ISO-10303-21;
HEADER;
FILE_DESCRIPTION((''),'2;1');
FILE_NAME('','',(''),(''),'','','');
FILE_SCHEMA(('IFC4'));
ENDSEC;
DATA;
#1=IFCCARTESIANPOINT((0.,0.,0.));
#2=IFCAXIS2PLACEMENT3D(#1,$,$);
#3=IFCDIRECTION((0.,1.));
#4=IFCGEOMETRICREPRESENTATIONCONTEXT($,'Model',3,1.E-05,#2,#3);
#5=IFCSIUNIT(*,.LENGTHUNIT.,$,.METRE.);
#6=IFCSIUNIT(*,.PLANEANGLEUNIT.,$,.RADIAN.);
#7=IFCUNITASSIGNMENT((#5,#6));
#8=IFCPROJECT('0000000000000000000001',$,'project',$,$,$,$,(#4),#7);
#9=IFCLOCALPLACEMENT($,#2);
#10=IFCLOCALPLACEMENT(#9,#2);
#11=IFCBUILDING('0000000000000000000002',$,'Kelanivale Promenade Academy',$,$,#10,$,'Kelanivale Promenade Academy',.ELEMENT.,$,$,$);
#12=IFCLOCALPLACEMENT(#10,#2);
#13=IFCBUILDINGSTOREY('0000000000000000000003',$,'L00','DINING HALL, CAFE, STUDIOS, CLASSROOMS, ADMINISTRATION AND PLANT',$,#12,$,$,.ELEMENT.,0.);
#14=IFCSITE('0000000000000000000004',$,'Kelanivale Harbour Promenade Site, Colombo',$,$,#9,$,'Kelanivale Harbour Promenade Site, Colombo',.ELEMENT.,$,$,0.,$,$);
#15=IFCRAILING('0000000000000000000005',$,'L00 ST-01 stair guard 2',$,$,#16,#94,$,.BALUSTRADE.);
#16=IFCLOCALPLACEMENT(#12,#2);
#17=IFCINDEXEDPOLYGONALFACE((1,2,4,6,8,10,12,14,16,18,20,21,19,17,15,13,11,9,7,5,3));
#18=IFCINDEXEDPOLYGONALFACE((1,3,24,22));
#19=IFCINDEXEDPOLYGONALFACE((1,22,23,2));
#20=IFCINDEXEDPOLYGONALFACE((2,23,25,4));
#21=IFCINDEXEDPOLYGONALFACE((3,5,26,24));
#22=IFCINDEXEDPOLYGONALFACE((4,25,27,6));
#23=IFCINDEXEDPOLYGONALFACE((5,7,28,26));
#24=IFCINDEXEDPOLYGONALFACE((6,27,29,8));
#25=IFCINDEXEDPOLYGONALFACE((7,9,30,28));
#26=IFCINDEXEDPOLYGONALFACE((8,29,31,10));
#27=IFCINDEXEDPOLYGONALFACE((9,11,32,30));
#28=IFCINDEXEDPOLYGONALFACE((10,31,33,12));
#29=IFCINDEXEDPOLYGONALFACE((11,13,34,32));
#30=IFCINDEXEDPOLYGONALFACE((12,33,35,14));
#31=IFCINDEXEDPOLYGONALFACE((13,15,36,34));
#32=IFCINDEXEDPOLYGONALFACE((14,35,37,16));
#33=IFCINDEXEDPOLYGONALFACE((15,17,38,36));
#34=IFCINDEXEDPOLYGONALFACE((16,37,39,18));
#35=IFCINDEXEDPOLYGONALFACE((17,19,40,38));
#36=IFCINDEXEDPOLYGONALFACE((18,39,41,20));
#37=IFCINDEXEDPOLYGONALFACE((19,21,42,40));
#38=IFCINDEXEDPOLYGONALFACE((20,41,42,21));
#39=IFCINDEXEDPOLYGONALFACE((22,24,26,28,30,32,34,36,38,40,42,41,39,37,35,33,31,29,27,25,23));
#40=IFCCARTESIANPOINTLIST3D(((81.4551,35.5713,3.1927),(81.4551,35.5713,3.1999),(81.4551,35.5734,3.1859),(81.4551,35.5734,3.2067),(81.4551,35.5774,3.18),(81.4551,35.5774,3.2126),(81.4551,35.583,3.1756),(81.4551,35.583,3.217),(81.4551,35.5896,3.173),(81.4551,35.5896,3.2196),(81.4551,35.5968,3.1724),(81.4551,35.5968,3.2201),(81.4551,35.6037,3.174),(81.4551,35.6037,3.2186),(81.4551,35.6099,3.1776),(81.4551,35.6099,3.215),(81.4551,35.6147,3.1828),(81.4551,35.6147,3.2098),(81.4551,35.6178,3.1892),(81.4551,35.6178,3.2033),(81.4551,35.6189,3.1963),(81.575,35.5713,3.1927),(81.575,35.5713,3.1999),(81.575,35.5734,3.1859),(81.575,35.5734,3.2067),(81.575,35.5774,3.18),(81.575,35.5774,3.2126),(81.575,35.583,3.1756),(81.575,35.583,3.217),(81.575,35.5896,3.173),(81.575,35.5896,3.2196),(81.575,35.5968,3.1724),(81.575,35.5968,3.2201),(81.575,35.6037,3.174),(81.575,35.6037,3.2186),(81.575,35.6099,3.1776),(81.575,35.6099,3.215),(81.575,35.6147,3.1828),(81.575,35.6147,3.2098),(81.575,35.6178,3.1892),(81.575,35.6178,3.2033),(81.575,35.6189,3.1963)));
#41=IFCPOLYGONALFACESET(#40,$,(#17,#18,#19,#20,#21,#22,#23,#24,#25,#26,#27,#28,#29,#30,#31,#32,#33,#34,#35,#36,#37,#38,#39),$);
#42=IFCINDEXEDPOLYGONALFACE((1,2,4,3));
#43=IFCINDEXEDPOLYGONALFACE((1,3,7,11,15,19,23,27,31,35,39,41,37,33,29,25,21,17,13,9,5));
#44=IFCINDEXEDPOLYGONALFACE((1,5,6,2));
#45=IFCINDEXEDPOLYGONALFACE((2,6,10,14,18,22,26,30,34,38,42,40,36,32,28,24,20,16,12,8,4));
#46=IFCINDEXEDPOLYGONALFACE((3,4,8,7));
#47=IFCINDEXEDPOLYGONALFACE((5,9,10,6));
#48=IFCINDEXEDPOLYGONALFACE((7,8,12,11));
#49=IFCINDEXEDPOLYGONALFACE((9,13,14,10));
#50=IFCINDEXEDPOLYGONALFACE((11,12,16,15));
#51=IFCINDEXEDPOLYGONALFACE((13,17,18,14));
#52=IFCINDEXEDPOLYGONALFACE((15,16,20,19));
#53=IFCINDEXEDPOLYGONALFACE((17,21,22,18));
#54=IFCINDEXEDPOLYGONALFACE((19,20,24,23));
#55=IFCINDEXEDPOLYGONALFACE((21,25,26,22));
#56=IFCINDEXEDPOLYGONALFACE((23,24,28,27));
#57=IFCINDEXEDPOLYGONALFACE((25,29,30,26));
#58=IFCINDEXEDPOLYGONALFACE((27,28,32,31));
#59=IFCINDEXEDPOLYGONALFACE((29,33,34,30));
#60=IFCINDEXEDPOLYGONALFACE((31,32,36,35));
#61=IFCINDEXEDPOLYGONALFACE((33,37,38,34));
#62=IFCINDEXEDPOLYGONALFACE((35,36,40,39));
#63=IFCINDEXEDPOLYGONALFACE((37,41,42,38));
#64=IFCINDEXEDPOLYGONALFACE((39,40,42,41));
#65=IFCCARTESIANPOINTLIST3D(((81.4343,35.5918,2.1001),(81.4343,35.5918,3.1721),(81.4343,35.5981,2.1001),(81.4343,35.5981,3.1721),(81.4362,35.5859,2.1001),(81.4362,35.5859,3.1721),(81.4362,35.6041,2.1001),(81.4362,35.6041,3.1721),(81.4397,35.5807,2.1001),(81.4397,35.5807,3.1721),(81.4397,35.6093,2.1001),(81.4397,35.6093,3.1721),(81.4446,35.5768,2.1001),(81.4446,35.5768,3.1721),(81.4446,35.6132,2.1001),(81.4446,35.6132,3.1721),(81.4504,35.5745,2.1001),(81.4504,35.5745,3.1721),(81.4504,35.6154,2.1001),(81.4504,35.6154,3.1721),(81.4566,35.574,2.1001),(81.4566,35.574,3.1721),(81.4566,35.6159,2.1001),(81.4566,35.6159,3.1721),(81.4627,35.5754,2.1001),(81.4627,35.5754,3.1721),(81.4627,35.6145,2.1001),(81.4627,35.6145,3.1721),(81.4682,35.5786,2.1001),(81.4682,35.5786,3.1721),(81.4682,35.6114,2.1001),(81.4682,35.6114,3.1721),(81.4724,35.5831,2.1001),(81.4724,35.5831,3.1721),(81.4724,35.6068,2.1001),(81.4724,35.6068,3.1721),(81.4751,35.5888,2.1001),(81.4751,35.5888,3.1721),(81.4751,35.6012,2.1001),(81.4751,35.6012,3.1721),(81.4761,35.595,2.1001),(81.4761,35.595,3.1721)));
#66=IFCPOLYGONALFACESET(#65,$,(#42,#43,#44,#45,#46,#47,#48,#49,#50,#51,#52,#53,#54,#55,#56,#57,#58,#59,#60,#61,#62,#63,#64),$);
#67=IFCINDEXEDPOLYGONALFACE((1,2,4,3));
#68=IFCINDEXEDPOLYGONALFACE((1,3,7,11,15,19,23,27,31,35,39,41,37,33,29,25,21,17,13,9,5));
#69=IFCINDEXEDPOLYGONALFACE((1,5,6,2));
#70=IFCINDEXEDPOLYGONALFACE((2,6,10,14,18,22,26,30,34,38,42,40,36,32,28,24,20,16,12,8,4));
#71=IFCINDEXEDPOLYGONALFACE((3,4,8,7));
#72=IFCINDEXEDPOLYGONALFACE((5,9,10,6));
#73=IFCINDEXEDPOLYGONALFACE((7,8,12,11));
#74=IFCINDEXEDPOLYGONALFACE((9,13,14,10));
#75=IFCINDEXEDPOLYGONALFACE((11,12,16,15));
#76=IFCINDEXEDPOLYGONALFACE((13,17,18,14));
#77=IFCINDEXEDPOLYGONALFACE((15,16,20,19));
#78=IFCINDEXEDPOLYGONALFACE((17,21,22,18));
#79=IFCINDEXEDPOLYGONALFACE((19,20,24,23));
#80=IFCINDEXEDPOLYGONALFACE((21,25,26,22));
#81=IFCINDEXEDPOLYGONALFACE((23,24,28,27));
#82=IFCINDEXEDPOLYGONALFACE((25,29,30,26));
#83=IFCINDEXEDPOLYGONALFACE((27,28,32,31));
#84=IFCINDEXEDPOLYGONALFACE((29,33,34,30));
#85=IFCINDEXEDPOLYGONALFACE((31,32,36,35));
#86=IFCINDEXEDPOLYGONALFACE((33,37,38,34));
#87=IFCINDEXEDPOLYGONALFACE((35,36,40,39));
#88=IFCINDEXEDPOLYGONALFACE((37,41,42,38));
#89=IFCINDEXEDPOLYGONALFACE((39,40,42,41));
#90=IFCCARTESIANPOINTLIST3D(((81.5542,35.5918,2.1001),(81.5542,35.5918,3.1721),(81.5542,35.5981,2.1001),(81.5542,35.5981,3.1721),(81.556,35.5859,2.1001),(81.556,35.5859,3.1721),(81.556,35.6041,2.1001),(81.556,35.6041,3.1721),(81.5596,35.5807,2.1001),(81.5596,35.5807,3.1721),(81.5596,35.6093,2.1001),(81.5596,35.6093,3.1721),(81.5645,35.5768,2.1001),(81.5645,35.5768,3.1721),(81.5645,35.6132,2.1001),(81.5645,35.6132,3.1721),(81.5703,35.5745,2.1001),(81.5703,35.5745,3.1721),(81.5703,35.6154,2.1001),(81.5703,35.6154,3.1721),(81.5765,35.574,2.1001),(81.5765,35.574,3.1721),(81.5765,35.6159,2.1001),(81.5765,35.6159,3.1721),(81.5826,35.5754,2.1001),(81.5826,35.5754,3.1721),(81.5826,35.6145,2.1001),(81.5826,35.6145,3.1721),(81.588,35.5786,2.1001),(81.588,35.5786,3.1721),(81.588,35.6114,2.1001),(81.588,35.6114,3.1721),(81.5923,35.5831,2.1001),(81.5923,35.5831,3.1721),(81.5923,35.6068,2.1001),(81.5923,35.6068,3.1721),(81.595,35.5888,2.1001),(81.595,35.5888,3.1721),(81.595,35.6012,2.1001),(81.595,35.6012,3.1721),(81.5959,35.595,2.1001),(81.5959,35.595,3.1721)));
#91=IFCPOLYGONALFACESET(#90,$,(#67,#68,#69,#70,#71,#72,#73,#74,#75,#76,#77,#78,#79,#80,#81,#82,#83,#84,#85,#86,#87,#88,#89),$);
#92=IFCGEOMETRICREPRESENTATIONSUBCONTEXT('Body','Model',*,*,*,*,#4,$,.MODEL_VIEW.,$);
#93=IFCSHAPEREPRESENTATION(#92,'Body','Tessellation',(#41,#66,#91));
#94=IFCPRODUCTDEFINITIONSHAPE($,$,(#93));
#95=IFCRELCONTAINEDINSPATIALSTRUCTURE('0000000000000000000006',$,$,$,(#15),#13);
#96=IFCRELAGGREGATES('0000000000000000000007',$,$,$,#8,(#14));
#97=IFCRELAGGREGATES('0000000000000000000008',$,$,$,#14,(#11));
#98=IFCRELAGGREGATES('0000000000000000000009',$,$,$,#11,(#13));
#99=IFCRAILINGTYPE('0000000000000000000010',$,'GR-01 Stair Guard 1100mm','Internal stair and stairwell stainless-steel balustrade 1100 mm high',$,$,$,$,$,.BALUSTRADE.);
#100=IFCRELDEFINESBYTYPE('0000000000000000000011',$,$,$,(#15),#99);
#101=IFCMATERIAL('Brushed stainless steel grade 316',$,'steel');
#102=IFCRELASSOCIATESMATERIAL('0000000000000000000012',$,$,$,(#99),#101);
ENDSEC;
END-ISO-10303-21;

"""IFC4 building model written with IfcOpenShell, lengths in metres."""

from ifc_helpers import new_model, si_unit, direction, frame, origin, origin_2d, place, context, subcontext, project, spatial, circle, extrude, material, type_object, element, save


model = new_model("IFC4")

# Units and contexts
model_context = context("Model", 3, precision=1e-05, world=origin(), true_north=direction((0.0, 1.0)))
body_context = subcontext(model_context, "Body", "Model", "MODEL_VIEW")
ifc_project = project(units=[si_unit("LENGTHUNIT", "METRE"), si_unit("PLANEANGLEUNIT", "RADIAN")], contexts=[model_context])

# Site, building, storey
site_placement = place(None, origin())
site = spatial("IfcSite", under=ifc_project, at=site_placement, Name="Kelanivale Harbour Promenade Site, Colombo", LongName="Kelanivale Harbour Promenade Site, Colombo", CompositionType="ELEMENT", RefElevation=0.0)
building_placement = place(site_placement, origin())
building = spatial("IfcBuilding", under=site, at=building_placement, Name="Kelanivale Promenade Academy", LongName="Kelanivale Promenade Academy", CompositionType="ELEMENT")
storey_placement = place(building_placement, origin())
storey = spatial("IfcBuildingStorey", under=building, at=storey_placement, Name="L00", Description="DINING HALL, CAFE, STUDIOS, CLASSROOMS, ADMINISTRATION AND PLANT", CompositionType="ELEMENT", Elevation=0.0)

# Railing
ifc_material_1 = material(Name="Brushed stainless steel grade 316", Category="steel")
railing_type_1 = type_object("IfcRailingType", Name="GR-01 Stair Guard 1100mm", Description="Internal stair and stairwell stainless-steel balustrade 1100 mm high", PredefinedType="BALUSTRADE", material=ifc_material_1)
railing_1_placement = place(storey_placement, frame((81.4551, 35.595, 2.1001)))
element("IfcRailing", 1, at=railing_1_placement, inside=storey, type_object=railing_type_1, Name="L00 ST-01 stair guard 2", PredefinedType="BALUSTRADE", context=body_context, shape_type="SweptSolid", body=[
    extrude(circle(Radius=0.0239, at=origin_2d()), frame((0.0, 0.0, 1.0962), z_axis=(1.0, 0.0, 0.0), x_axis=(0.0, 1.0, 0.0)), (0.0, 0.0, 1.0), 0.1199),
    extrude(circle(Radius=0.021, at=origin_2d()), origin(), (0.0, 0.0, 1.0), 1.072),
    extrude(circle(Radius=0.021, at=origin_2d()), frame((0.1199, 0.0, 0.0)), (0.0, 0.0, 1.0), 1.072),
])

save(model, "model.ifc")
